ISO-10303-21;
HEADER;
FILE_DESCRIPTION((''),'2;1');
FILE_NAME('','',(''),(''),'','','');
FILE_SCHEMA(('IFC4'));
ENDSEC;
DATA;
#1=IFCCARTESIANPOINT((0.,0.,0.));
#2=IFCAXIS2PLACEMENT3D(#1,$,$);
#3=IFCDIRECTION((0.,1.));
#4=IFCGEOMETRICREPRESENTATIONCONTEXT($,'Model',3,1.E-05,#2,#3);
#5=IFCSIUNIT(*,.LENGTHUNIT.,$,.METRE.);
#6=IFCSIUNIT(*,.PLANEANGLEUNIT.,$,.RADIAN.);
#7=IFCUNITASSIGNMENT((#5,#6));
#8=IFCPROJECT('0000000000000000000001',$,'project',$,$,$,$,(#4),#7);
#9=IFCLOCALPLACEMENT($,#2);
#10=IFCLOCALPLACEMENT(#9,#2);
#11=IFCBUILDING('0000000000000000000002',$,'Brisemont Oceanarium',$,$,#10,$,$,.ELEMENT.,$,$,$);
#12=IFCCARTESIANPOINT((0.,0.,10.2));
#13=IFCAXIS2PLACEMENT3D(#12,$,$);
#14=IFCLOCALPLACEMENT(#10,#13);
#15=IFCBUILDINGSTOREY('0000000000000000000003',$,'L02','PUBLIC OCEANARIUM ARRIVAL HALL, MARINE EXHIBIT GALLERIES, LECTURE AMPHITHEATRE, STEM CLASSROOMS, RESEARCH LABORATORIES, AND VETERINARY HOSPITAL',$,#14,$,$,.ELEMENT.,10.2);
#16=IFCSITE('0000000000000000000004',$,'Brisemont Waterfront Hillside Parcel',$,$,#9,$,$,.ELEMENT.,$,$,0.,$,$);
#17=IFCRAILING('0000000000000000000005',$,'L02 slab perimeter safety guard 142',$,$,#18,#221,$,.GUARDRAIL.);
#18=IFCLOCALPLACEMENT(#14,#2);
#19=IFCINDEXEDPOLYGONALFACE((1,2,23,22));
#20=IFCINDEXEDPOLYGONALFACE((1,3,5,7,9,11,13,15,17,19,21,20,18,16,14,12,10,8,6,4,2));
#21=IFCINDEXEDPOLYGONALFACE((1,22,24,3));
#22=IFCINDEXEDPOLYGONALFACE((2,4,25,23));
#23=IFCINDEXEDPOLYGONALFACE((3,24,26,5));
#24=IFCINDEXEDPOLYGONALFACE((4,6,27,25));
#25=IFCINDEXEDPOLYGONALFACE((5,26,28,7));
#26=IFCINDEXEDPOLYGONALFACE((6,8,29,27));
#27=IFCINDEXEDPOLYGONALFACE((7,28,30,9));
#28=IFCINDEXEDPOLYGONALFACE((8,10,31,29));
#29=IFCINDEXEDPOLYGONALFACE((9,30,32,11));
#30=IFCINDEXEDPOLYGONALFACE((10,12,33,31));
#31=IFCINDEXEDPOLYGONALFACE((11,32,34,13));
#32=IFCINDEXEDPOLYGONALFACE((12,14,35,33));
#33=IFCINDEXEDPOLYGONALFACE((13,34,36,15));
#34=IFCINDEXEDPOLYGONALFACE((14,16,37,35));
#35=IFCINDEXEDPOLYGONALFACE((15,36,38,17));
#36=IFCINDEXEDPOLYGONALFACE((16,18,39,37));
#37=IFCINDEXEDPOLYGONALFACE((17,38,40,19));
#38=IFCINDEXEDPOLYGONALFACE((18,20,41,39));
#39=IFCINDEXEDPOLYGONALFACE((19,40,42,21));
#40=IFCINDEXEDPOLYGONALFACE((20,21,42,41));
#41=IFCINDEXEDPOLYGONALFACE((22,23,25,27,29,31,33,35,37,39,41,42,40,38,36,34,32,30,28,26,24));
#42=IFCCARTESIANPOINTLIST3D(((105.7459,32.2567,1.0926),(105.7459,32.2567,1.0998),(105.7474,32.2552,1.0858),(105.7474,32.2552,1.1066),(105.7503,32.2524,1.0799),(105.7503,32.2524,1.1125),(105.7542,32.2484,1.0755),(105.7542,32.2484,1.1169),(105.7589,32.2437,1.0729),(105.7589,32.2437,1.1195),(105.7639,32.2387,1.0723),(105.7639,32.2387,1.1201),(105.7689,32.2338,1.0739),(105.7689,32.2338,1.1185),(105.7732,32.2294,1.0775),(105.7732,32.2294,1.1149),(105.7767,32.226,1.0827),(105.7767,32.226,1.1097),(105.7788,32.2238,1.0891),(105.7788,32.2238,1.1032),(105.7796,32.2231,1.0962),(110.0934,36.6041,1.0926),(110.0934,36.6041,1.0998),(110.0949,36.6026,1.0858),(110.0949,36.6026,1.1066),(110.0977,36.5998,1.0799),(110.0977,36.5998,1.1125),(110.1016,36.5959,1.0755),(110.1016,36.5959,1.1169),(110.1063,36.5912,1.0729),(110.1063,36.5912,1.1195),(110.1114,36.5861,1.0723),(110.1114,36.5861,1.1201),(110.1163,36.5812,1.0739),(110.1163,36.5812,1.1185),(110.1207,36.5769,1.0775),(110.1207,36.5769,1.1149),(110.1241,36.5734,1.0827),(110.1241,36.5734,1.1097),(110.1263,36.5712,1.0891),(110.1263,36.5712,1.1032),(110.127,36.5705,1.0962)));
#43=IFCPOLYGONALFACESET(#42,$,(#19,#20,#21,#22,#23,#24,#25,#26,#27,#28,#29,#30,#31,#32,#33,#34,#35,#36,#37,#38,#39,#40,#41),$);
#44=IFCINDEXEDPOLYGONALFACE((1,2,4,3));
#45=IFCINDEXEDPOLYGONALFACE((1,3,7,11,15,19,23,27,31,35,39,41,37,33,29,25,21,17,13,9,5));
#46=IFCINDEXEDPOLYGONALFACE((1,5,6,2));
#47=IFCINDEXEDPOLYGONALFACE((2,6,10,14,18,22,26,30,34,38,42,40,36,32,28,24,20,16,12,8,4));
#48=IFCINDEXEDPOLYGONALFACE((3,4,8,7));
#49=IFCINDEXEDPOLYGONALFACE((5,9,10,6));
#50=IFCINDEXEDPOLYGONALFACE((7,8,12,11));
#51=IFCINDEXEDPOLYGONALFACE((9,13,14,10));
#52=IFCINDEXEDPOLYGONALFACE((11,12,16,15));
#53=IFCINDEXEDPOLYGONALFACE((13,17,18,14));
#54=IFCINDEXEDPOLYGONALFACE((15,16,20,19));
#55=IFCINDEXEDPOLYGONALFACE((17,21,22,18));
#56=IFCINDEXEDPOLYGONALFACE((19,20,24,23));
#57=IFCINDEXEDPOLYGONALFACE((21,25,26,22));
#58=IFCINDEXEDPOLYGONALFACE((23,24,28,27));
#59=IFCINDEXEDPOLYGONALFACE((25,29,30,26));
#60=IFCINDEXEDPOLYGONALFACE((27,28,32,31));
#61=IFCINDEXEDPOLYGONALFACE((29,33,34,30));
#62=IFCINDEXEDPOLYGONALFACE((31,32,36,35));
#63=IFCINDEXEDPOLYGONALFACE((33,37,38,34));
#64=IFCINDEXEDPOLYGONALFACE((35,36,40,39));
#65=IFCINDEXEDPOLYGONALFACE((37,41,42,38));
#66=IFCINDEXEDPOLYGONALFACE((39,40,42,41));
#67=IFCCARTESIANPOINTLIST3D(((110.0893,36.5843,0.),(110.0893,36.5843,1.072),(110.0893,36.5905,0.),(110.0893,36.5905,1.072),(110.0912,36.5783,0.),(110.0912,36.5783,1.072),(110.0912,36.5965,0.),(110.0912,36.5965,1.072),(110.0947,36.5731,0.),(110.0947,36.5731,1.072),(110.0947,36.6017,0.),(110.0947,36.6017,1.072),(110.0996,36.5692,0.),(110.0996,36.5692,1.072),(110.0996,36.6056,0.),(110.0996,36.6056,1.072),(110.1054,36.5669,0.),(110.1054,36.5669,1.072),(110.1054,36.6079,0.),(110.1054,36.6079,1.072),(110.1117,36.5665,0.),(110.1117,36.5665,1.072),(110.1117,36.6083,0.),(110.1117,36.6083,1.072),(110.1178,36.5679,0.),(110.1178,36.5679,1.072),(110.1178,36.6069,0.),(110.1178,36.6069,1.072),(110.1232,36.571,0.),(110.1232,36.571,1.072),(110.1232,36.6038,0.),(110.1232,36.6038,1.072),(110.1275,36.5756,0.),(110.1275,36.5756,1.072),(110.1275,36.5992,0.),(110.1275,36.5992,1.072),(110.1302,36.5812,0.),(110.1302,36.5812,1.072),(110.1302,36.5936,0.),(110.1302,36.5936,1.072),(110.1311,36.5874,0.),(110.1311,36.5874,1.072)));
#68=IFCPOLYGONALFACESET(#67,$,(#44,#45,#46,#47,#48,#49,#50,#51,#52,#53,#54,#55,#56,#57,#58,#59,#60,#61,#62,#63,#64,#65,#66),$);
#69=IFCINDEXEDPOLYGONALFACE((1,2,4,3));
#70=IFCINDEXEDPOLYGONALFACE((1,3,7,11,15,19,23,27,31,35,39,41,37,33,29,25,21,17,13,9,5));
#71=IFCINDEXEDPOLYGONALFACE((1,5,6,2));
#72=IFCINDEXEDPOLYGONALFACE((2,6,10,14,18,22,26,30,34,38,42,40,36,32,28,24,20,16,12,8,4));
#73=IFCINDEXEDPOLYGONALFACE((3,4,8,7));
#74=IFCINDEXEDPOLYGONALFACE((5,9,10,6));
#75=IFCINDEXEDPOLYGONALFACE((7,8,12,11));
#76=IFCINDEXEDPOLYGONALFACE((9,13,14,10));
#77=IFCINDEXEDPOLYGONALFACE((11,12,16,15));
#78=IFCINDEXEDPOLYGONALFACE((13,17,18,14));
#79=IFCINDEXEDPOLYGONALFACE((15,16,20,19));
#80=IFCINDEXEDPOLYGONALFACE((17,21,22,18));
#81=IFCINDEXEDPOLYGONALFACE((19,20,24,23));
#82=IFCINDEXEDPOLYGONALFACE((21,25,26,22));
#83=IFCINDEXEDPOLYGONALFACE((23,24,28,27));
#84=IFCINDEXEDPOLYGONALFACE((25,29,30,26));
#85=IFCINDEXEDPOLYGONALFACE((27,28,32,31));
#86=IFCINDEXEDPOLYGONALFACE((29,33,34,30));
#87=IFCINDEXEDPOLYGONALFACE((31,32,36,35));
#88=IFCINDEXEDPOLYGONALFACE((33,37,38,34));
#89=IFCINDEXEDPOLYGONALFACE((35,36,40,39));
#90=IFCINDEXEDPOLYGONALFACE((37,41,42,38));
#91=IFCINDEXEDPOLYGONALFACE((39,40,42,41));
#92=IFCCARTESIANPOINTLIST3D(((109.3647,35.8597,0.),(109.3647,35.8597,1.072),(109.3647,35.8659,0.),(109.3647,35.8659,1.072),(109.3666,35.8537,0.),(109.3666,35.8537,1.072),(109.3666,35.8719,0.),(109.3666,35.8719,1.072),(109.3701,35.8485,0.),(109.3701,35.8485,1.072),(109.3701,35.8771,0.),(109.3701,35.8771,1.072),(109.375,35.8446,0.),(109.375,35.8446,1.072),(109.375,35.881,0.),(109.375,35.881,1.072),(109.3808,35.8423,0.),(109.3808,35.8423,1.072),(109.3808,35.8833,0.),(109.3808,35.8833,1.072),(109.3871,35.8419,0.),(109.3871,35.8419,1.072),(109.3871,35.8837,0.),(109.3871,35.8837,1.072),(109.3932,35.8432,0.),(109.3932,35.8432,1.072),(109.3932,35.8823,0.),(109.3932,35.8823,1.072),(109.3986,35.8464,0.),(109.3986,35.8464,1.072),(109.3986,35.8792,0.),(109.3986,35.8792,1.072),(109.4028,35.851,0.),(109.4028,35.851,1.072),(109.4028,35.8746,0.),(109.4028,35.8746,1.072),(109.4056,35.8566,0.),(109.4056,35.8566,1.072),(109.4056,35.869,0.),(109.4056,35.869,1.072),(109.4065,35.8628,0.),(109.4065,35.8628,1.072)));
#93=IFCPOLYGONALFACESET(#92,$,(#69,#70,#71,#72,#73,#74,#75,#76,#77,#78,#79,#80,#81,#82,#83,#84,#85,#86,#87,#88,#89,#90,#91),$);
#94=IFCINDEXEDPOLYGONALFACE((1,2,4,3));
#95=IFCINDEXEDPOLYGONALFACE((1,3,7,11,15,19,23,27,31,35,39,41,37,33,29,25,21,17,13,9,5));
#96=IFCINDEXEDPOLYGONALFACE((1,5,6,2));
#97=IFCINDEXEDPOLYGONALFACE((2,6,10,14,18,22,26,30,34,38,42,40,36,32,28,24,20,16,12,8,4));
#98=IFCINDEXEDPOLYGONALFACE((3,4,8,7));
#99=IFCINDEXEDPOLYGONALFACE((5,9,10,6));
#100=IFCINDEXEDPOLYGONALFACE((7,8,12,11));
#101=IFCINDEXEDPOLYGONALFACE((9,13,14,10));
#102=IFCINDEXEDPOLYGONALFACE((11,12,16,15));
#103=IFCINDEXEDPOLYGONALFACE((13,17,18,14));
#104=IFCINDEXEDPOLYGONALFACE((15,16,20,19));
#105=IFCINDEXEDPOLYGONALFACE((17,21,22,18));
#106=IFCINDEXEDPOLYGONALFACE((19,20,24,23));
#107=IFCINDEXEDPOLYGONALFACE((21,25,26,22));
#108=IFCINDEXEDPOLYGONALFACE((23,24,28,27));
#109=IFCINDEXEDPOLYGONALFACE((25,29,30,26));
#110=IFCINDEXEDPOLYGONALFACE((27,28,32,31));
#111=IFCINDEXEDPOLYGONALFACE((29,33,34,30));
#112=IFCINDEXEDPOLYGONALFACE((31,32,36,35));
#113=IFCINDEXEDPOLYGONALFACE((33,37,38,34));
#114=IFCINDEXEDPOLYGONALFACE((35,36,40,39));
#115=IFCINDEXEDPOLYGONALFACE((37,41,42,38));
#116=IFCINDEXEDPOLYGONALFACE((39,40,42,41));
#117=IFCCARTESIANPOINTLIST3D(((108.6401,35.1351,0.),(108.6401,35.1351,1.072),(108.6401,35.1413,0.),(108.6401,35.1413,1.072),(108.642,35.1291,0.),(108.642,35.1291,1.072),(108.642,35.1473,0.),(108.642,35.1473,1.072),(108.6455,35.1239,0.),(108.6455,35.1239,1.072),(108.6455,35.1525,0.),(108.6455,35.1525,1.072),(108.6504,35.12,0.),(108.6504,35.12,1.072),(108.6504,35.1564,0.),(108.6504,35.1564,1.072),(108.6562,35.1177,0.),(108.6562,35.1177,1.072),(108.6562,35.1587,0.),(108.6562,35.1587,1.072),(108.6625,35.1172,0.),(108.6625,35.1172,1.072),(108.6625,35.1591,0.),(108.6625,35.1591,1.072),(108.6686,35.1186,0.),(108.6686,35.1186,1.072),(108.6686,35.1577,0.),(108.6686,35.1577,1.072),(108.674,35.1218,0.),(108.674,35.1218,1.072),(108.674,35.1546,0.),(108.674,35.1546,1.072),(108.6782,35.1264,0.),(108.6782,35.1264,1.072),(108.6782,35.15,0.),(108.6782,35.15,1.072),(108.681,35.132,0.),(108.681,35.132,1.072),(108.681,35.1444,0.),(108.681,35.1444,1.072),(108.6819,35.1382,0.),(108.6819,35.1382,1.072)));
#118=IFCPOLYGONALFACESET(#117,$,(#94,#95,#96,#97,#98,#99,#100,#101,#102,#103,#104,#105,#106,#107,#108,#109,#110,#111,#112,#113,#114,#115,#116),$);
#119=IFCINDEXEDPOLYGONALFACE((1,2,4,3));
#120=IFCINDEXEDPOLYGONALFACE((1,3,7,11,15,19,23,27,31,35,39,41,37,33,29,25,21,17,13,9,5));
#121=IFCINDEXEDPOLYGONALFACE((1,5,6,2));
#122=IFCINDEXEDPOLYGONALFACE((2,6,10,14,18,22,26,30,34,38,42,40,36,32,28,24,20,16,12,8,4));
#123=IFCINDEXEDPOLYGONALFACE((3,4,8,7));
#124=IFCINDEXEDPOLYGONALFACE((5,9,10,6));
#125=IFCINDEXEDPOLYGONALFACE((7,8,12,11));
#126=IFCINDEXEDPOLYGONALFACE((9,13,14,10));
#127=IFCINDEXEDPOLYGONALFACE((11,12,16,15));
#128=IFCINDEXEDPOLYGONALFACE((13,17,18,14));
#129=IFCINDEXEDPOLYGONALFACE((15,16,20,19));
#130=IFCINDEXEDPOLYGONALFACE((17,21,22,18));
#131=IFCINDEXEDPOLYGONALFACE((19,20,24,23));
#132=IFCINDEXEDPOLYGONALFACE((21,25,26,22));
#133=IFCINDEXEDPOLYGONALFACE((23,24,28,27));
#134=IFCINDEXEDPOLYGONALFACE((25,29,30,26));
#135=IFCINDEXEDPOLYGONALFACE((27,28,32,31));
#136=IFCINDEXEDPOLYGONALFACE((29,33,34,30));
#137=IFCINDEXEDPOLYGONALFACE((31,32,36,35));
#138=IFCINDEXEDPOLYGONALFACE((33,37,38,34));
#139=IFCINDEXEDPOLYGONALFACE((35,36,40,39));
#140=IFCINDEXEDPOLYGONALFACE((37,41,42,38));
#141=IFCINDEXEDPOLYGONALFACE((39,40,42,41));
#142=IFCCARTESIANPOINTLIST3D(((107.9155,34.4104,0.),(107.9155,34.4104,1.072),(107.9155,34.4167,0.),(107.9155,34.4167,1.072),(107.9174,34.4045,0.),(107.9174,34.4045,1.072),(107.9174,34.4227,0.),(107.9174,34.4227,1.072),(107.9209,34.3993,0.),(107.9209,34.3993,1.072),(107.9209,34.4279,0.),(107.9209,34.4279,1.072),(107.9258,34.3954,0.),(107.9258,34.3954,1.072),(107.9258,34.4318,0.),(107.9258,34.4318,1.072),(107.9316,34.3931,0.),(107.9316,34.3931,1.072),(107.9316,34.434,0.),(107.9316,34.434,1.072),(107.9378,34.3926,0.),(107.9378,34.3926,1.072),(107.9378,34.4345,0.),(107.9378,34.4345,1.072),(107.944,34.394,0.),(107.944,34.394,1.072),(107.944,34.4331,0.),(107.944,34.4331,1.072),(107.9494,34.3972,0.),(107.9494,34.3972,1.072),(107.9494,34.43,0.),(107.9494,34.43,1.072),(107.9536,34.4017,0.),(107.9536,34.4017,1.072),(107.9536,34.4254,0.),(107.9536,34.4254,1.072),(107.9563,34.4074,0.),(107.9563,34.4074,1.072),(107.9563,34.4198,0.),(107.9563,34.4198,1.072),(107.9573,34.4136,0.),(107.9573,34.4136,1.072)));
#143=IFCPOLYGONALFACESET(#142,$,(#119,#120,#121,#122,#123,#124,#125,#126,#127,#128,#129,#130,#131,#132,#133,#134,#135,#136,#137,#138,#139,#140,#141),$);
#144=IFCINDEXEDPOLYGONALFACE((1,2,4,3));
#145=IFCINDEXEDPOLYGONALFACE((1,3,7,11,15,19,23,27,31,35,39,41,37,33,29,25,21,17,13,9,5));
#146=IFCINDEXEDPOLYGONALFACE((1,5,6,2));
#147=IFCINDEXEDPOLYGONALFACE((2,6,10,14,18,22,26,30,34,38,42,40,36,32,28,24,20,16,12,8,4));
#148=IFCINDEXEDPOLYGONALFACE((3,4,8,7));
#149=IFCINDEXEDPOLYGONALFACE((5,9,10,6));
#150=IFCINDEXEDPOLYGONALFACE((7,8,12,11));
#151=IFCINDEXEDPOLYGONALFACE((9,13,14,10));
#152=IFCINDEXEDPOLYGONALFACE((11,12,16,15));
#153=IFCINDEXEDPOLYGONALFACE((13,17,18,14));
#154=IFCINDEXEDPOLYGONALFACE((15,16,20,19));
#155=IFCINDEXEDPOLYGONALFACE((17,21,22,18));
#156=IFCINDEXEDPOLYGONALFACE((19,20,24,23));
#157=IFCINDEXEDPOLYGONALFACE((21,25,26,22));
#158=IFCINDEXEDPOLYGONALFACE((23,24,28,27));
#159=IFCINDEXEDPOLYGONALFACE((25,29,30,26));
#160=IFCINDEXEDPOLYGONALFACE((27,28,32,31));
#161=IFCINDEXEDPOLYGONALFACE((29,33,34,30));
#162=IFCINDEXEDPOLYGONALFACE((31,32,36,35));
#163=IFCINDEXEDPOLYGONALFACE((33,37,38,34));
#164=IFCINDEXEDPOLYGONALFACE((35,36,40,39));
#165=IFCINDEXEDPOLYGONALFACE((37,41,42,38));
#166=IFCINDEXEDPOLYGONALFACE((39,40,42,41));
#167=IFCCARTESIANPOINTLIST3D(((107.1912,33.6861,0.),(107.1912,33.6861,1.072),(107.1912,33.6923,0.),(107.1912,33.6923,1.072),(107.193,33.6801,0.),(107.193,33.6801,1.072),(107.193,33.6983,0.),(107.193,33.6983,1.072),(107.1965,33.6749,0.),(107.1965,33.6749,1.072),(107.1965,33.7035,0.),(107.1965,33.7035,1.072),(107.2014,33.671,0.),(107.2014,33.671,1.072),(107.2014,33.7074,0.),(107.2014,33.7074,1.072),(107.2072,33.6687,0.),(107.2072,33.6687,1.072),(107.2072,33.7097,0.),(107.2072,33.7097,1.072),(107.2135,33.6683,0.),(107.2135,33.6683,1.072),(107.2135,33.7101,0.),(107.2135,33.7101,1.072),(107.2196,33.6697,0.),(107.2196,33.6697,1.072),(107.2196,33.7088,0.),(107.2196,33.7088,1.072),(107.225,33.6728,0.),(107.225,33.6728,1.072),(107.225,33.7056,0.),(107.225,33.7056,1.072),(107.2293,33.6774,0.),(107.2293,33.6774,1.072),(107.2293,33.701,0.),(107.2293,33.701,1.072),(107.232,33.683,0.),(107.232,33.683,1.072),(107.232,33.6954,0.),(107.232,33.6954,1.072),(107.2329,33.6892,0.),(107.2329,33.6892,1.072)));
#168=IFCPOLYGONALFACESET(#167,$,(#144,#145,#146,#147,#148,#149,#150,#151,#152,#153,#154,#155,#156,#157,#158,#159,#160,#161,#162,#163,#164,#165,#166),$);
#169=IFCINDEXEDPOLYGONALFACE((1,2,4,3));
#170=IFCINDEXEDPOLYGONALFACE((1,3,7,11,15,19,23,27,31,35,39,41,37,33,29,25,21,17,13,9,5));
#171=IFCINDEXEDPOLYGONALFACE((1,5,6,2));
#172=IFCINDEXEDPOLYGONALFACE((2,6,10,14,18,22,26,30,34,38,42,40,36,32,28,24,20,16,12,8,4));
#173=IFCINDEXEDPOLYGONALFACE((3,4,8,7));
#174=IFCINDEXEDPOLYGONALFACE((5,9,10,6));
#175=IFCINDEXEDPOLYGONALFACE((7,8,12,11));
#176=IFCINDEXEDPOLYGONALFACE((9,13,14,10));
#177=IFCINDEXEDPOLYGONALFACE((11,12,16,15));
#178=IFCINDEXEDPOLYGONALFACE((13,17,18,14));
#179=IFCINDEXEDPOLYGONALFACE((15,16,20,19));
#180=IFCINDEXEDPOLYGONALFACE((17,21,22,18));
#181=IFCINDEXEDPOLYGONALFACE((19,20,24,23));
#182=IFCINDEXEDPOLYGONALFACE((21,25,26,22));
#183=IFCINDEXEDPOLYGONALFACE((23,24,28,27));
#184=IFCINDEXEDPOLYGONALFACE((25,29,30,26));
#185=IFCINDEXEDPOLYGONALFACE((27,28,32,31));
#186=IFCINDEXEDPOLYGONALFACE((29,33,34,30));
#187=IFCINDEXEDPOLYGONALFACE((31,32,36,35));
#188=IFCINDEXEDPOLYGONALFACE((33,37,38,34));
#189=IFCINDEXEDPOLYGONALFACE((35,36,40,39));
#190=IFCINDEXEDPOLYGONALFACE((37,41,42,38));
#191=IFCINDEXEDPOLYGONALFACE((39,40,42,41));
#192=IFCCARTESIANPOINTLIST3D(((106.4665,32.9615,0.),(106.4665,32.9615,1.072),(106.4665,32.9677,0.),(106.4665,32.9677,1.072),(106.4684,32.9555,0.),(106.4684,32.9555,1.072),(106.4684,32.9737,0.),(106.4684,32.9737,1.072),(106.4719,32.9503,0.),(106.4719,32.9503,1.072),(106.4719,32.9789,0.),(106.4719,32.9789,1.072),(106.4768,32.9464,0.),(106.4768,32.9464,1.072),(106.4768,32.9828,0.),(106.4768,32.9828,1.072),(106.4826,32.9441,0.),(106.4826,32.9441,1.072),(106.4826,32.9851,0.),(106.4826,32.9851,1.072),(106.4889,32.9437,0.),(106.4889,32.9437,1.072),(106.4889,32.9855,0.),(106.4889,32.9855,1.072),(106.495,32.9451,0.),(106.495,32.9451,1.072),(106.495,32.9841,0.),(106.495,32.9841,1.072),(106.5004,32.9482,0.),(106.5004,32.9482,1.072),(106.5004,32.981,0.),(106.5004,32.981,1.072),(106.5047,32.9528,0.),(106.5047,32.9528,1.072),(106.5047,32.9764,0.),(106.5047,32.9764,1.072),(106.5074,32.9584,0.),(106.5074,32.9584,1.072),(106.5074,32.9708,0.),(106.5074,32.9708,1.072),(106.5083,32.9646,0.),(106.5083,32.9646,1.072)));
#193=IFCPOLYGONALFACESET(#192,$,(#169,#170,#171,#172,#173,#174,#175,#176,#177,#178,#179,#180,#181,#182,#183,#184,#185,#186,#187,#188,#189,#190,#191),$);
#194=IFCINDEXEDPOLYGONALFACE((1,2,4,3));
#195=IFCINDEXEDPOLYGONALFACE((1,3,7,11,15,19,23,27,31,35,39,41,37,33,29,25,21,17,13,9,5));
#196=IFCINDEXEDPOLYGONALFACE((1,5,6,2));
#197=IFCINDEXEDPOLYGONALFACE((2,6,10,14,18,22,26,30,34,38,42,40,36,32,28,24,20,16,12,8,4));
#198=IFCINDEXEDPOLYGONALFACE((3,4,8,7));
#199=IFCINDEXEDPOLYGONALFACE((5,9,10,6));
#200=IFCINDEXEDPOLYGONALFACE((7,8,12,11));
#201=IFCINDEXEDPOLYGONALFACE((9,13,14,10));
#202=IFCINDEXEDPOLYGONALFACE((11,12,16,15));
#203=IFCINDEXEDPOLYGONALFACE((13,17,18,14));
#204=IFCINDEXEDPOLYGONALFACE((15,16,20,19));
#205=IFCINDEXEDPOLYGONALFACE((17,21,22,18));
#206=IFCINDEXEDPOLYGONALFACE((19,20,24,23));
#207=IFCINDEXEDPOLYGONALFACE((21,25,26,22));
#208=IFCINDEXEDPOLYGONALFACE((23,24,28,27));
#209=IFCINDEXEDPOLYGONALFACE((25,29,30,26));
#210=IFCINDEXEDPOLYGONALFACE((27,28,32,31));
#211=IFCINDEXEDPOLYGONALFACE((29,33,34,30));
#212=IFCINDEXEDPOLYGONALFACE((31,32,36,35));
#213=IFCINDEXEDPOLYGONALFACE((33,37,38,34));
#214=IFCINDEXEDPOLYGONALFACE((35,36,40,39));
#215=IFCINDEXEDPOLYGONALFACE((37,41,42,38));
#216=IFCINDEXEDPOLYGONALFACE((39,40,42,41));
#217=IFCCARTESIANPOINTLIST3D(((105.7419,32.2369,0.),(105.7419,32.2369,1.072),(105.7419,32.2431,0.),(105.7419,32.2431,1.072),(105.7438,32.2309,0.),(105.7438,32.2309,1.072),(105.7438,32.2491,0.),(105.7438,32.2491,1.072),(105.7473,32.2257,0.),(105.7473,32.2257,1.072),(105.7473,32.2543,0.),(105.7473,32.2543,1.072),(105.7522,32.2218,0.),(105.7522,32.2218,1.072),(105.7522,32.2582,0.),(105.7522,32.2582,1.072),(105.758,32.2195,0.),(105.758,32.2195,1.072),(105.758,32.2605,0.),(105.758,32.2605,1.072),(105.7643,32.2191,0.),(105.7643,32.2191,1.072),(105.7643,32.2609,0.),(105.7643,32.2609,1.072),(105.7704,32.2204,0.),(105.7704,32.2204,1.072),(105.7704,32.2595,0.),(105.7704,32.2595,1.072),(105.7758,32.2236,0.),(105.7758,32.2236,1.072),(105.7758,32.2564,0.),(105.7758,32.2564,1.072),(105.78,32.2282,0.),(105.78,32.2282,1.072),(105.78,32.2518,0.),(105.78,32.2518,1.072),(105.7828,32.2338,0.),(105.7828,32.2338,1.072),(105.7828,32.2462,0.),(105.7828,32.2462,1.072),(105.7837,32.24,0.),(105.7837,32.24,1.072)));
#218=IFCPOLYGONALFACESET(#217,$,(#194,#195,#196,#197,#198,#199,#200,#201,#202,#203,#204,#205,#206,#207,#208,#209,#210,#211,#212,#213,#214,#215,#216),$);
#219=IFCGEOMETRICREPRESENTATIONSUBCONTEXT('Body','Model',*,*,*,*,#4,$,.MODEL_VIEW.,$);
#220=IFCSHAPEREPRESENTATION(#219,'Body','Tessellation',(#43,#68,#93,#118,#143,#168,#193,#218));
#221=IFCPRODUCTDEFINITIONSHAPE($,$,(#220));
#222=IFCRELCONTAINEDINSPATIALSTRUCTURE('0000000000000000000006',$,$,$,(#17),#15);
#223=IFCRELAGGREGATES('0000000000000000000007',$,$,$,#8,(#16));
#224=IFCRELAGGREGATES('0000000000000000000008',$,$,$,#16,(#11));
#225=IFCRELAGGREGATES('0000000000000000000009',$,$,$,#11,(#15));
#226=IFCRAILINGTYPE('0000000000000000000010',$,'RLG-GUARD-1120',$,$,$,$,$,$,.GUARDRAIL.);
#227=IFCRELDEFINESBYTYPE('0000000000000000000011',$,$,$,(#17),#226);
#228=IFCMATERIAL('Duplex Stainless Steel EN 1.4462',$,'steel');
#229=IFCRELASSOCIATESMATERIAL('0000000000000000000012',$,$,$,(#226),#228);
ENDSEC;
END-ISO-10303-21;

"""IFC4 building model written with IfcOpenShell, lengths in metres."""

from ifc_helpers import new_model, si_unit, direction, frame, origin, origin_2d, place, context, subcontext, project, spatial, circle, extrude, material, type_object, element, save


model = new_model("IFC4")

# Units and contexts
model_context = context("Model", 3, precision=1e-05, world=origin(), true_north=direction((0.0, 1.0)))
body_context = subcontext(model_context, "Body", "Model", "MODEL_VIEW")
ifc_project = project(units=[si_unit("LENGTHUNIT", "METRE"), si_unit("PLANEANGLEUNIT", "RADIAN")], contexts=[model_context])

# Site, building, storey
site_placement = place(None, origin())
site = spatial("IfcSite", under=ifc_project, at=site_placement, Name="Brisemont Waterfront Hillside Parcel", CompositionType="ELEMENT", RefElevation=0.0)
building_placement = place(site_placement, origin())
building = spatial("IfcBuilding", under=site, at=building_placement, Name="Brisemont Oceanarium", CompositionType="ELEMENT")
storey_placement = place(building_placement, frame((0.0, 0.0, 10.2)))
storey = spatial("IfcBuildingStorey", under=building, at=storey_placement, Name="L02", Description="PUBLIC OCEANARIUM ARRIVAL HALL, MARINE EXHIBIT GALLERIES, LECTURE AMPHITHEATRE, STEM CLASSROOMS, RESEARCH LABORATORIES, AND VETERINARY HOSPITAL", CompositionType="ELEMENT", Elevation=10.2)

# Railing
ifc_material_1 = material(Name="Duplex Stainless Steel EN 1.4462", Category="steel")
railing_type = type_object("IfcRailingType", Name="RLG-GUARD-1120", PredefinedType="GUARDRAIL", material=ifc_material_1)
railing_1_placement = place(storey_placement, frame((110.1101, 36.5874, 0.0)))
element("IfcRailing", 1, at=railing_1_placement, inside=storey, type_object=railing_type, Name="L02 slab perimeter safety guard 142", PredefinedType="GUARDRAIL", context=body_context, shape_type="SweptSolid", body=[
    extrude(circle(Radius=0.0239, at=origin_2d()), frame((0.0, 0.0, 1.0962), z_axis=(-0.707107, -0.707107, 0.0), x_axis=(0.707107, -0.707107, 0.0)), (0.0, 0.0, 1.0), 6.1482),
    extrude(circle(Radius=0.021, at=origin_2d()), origin(), (0.0, 0.0, 1.0), 1.072),
    extrude(circle(Radius=0.021, at=origin_2d()), frame((-0.7246, -0.7246, 0.0)), (0.0, 0.0, 1.0), 1.072),
    extrude(circle(Radius=0.021, at=origin_2d()), frame((-1.4492, -1.4492, 0.0)), (0.0, 0.0, 1.0), 1.072),
    extrude(circle(Radius=0.021, at=origin_2d()), frame((-2.1738, -2.1738, 0.0)), (0.0, 0.0, 1.0), 1.072),
    extrude(circle(Radius=0.021, at=origin_2d()), frame((-2.8982, -2.8982, 0.0)), (0.0, 0.0, 1.0), 1.072),
    extrude(circle(Radius=0.021, at=origin_2d()), frame((-3.6228, -3.6228, 0.0)), (0.0, 0.0, 1.0), 1.072),
    extrude(circle(Radius=0.021, at=origin_2d()), frame((-4.3474, -4.3474, 0.0)), (0.0, 0.0, 1.0), 1.072),
])

save(model, "model.ifc")
